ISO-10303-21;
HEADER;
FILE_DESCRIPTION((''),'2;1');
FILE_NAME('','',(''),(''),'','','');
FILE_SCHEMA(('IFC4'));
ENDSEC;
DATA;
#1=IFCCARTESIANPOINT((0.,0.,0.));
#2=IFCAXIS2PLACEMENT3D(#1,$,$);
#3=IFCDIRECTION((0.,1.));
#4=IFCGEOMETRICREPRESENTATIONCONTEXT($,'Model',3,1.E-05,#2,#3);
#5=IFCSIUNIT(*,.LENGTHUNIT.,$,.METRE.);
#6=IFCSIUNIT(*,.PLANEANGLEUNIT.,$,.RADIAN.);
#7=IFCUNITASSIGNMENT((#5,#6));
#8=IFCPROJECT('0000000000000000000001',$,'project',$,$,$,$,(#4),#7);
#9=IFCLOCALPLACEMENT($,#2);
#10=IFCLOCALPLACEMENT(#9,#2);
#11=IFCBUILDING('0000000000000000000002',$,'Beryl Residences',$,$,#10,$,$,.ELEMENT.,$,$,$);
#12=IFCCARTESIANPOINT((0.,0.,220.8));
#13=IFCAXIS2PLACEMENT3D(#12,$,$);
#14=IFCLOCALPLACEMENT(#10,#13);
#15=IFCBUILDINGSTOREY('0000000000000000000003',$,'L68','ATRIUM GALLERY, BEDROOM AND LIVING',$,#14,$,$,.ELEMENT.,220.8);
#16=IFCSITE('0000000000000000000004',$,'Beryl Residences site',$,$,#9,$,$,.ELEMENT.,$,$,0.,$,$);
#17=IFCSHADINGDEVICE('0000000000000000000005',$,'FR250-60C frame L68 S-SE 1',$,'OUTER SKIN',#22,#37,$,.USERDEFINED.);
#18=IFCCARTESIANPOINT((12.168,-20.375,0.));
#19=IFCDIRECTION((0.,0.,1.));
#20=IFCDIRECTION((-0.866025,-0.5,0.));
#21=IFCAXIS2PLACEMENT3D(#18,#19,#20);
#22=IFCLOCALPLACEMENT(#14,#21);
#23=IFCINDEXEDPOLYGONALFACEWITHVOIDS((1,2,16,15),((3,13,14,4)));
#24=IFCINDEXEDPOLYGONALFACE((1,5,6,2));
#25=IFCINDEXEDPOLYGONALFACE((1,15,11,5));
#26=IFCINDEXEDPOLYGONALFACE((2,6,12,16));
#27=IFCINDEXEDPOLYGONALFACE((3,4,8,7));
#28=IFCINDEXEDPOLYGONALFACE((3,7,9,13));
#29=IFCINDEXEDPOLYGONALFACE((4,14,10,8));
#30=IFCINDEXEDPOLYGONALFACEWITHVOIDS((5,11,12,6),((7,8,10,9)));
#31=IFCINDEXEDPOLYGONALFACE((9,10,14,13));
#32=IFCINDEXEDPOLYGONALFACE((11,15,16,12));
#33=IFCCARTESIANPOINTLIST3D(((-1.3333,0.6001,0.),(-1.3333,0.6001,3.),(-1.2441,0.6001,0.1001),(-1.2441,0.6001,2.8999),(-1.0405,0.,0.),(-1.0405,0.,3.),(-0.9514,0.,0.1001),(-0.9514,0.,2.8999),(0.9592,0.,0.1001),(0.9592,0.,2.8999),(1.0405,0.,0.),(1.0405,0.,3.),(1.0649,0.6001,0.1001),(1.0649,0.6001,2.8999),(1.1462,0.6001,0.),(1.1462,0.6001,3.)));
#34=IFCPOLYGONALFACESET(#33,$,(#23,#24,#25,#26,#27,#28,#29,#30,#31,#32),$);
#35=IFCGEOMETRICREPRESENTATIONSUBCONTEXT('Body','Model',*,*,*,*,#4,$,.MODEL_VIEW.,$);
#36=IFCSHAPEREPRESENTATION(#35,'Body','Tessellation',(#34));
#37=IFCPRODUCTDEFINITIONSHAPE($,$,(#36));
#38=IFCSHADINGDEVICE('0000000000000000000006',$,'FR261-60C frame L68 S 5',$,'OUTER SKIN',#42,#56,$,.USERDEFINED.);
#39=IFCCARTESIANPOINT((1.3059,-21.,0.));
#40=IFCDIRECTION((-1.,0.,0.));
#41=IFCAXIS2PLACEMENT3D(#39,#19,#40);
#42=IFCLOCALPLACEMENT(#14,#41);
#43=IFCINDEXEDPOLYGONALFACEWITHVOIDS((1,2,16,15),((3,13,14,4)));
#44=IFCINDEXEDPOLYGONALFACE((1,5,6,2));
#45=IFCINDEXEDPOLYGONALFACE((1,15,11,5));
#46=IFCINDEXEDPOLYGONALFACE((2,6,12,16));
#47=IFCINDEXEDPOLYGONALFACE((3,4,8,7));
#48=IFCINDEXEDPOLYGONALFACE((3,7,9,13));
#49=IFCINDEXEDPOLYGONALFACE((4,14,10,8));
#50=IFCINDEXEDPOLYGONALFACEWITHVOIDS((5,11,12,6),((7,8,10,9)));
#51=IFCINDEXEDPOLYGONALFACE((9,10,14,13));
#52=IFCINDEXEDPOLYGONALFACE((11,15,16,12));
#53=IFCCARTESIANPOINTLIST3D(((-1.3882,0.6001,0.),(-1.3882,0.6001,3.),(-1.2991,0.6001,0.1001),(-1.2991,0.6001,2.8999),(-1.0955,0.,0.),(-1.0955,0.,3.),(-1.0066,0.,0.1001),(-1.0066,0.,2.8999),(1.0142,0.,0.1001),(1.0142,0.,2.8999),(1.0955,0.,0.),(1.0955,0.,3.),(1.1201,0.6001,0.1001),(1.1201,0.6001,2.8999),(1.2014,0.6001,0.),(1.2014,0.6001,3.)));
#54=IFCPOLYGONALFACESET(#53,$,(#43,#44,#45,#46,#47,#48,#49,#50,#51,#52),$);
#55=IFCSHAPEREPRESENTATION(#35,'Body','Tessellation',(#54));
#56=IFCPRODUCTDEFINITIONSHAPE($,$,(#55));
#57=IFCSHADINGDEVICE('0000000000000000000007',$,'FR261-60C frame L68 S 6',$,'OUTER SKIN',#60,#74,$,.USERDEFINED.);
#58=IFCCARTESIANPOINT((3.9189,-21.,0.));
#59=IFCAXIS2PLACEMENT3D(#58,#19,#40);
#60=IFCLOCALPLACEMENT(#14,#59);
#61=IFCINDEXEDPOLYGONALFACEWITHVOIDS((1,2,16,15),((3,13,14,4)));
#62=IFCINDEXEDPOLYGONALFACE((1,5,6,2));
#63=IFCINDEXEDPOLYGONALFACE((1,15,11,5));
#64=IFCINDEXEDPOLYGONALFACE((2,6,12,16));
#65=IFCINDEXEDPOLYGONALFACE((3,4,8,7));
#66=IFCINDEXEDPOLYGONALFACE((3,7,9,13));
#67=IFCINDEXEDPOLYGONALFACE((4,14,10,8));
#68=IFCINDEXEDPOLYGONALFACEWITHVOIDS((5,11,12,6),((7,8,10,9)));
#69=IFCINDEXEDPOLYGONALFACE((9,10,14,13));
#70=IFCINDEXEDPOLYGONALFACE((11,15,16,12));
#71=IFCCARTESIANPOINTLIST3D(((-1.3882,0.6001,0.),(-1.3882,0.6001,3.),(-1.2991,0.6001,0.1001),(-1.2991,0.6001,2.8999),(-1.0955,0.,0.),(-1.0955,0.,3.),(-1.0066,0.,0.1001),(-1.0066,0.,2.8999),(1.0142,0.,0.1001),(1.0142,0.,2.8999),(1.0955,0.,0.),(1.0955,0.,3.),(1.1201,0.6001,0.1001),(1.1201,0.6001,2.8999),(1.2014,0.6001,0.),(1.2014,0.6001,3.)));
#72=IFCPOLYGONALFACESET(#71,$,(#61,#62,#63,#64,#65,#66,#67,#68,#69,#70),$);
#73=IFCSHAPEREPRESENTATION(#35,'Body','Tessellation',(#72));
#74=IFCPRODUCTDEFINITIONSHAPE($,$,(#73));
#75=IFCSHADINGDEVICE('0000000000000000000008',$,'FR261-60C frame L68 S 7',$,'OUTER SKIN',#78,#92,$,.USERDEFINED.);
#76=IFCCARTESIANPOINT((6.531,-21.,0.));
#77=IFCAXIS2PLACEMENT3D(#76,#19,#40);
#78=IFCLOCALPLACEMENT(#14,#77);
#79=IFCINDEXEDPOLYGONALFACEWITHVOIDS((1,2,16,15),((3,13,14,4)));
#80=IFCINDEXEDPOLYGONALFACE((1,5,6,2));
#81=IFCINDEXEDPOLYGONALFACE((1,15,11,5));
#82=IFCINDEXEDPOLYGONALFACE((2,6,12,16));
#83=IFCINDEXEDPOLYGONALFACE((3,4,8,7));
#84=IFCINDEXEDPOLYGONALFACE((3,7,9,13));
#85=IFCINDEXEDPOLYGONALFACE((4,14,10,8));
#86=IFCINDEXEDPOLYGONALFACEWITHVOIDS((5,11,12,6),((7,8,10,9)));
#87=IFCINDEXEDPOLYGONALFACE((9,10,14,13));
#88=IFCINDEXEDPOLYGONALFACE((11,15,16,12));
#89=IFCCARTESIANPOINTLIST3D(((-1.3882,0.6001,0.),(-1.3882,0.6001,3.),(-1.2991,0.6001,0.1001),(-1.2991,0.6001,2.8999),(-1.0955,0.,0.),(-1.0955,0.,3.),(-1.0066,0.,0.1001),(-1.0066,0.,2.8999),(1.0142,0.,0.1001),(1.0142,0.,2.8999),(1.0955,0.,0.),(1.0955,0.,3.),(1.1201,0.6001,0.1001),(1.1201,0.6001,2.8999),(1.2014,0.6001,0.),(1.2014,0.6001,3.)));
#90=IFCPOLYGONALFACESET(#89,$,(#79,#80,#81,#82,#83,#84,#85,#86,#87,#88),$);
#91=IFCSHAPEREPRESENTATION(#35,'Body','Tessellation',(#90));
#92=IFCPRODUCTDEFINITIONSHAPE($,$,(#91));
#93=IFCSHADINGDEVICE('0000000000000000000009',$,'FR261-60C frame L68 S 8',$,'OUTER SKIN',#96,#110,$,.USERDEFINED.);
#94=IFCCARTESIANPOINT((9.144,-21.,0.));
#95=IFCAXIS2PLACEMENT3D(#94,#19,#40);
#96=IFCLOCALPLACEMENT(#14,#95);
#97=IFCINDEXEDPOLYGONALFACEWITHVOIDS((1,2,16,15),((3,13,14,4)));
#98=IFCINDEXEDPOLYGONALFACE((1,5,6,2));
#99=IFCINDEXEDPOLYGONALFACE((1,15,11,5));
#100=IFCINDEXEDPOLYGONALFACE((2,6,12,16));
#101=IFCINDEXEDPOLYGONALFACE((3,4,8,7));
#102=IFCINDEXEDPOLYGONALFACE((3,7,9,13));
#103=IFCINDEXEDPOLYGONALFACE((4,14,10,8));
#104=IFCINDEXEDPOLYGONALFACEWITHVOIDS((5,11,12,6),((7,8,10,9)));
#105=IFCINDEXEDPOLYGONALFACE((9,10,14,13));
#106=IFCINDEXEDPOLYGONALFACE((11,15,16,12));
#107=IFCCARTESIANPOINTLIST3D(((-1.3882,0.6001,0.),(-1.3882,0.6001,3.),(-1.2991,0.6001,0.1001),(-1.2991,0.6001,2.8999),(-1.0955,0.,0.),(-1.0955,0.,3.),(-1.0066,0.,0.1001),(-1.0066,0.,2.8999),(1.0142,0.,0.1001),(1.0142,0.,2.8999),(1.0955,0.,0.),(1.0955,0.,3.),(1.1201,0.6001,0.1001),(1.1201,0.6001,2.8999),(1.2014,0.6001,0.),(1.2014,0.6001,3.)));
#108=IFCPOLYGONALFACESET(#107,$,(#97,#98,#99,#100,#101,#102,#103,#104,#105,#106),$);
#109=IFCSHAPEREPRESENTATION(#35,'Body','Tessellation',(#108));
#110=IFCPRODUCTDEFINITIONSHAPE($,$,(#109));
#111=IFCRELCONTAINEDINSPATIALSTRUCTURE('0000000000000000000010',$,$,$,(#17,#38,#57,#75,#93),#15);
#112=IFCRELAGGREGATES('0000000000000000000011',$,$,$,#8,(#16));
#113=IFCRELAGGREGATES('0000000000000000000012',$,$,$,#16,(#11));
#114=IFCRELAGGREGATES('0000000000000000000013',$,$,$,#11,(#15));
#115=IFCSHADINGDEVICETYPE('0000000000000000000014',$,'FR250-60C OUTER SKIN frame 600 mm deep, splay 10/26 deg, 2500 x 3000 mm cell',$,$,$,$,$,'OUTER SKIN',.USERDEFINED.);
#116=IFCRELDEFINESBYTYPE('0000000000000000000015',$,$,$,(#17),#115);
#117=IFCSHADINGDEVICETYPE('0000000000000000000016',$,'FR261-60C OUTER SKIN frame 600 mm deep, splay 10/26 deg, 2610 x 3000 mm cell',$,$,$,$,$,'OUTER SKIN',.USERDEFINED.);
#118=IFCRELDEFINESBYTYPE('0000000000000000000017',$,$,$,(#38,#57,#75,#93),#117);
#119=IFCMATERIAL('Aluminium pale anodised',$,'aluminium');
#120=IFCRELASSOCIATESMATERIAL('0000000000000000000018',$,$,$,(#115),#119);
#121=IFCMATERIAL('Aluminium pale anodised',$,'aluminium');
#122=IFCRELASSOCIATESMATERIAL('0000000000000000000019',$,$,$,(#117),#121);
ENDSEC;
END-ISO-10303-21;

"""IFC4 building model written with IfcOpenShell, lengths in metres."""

from ifc_helpers import new_model, entity, si_unit, direction, frame, origin, place, context, subcontext, project, spatial, source, transform, mapped, material, type_object, type_shapes, element, save


model = new_model("IFC4")

# Units and contexts
model_context = context("Model", 3, precision=1e-05, world=origin(), true_north=direction((0.0, 1.0)))
body_context = subcontext(model_context, "Body", "Model", "MODEL_VIEW")
ifc_project = project(units=[si_unit("LENGTHUNIT", "METRE"), si_unit("PLANEANGLEUNIT", "RADIAN")], contexts=[model_context])

# Site, building, storey
site_placement = place(None, origin())
site = spatial("IfcSite", under=ifc_project, at=site_placement, Name="Beryl Residences site", CompositionType="ELEMENT", RefElevation=0.0)
building_placement = place(site_placement, origin())
building = spatial("IfcBuilding", under=site, at=building_placement, Name="Beryl Residences", CompositionType="ELEMENT")
storey_placement = place(building_placement, frame((0.0, 0.0, 220.8)))
storey = spatial("IfcBuildingStorey", under=building, at=storey_placement, Name="L68", Description="ATRIUM GALLERY, BEDROOM AND LIVING", CompositionType="ELEMENT", Elevation=220.8)

# Shading devices
ifc_material_1 = material(Name="Aluminium pale anodised", Category="aluminium")
shading_device_type_1 = type_object("IfcShadingDeviceType", Name="FR250-60C OUTER SKIN frame 600 mm deep, splay 10/26 deg, 2500 x 3000 mm cell", ElementType="OUTER SKIN", PredefinedType="USERDEFINED", material=ifc_material_1)
cartesian_point_1 = entity("IfcCartesianPoint", [-1.0405, 0.0])
cartesian_point_2 = entity("IfcCartesianPoint", [-0.9592, 0.1001])
cartesian_point_3 = entity("IfcCartesianPoint", [-1.1462, 0.0])
cartesian_point_4 = entity("IfcCartesianPoint", [-1.0649, 0.1001])
shared_shape_1 = source(origin(), body_context, "Body", "SweptSolid", [
    entity("IfcExtrudedAreaSolidTapered", entity("IfcArbitraryProfileDefWithVoids", "AREA", None, entity("IfcPolyline", [cartesian_point_1, entity("IfcCartesianPoint", [1.0405, 0.0]), entity("IfcCartesianPoint", [1.0405, 3.0]), entity("IfcCartesianPoint", [-1.0405, 3.0]), cartesian_point_1]), [entity("IfcPolyline", [cartesian_point_2, entity("IfcCartesianPoint", [0.9514, 0.1001]), entity("IfcCartesianPoint", [0.9514, 2.8999]), entity("IfcCartesianPoint", [-0.9592, 2.8999]), cartesian_point_2])]), entity("IfcAxis2Placement3D", entity("IfcCartesianPoint", [0.0, 0.0, 0.0]), entity("IfcDirection", [0.0, 1.0, 0.0]), entity("IfcDirection", [-1.0, 0.0, 0.0])), entity("IfcDirection", [0.0, 0.0, 1.0]), 0.6001, entity("IfcArbitraryProfileDefWithVoids", "AREA", None, entity("IfcPolyline", [cartesian_point_3, entity("IfcCartesianPoint", [1.3333, 0.0]), entity("IfcCartesianPoint", [1.3333, 3.0]), entity("IfcCartesianPoint", [-1.1462, 3.0]), cartesian_point_3]), [entity("IfcPolyline", [cartesian_point_4, entity("IfcCartesianPoint", [1.2441, 0.1001]), entity("IfcCartesianPoint", [1.2441, 2.8999]), entity("IfcCartesianPoint", [-1.0649, 2.8999]), cartesian_point_4])])),
])
type_shapes(shading_device_type_1, [shared_shape_1])
shading_device_placement = place(storey_placement, frame((12.168, -20.375, 0.0), z_axis=(0.0, 0.0, 1.0), x_axis=(-0.866025, -0.5, 0.0)))
element("IfcShadingDevice", 1, at=shading_device_placement, inside=storey, type_object=shading_device_type_1, Name="FR250-60C frame L68 S-SE 1", ObjectType="OUTER SKIN", PredefinedType="USERDEFINED", context=body_context, shape_type="MappedRepresentation", body=[
    mapped(shared_shape_1, transform((0.0, 0.0, 0.0))),
])
ifc_material_2 = material(Name="Aluminium pale anodised", Category="aluminium")
shading_device_type_2 = type_object("IfcShadingDeviceType", Name="FR261-60C OUTER SKIN frame 600 mm deep, splay 10/26 deg, 2610 x 3000 mm cell", ElementType="OUTER SKIN", PredefinedType="USERDEFINED", material=ifc_material_2)
cartesian_point_5 = entity("IfcCartesianPoint", [-1.0955, 0.0])
cartesian_point_6 = entity("IfcCartesianPoint", [-1.0142, 0.1001])
cartesian_point_7 = entity("IfcCartesianPoint", [-1.2014, 0.0])
cartesian_point_8 = entity("IfcCartesianPoint", [-1.1201, 0.1001])
shared_shape_2 = source(origin(), body_context, "Body", "SweptSolid", [
    entity("IfcExtrudedAreaSolidTapered", entity("IfcArbitraryProfileDefWithVoids", "AREA", None, entity("IfcPolyline", [cartesian_point_5, entity("IfcCartesianPoint", [1.0955, 0.0]), entity("IfcCartesianPoint", [1.0955, 3.0]), entity("IfcCartesianPoint", [-1.0955, 3.0]), cartesian_point_5]), [entity("IfcPolyline", [cartesian_point_6, entity("IfcCartesianPoint", [1.0066, 0.1001]), entity("IfcCartesianPoint", [1.0066, 2.8999]), entity("IfcCartesianPoint", [-1.0142, 2.8999]), cartesian_point_6])]), entity("IfcAxis2Placement3D", entity("IfcCartesianPoint", [0.0, 0.0, 0.0]), entity("IfcDirection", [0.0, 1.0, 0.0]), entity("IfcDirection", [-1.0, 0.0, 0.0])), entity("IfcDirection", [0.0, 0.0, 1.0]), 0.6001, entity("IfcArbitraryProfileDefWithVoids", "AREA", None, entity("IfcPolyline", [cartesian_point_7, entity("IfcCartesianPoint", [1.3882, 0.0]), entity("IfcCartesianPoint", [1.3882, 3.0]), entity("IfcCartesianPoint", [-1.2014, 3.0]), cartesian_point_7]), [entity("IfcPolyline", [cartesian_point_8, entity("IfcCartesianPoint", [1.2991, 0.1001]), entity("IfcCartesianPoint", [1.2991, 2.8999]), entity("IfcCartesianPoint", [-1.1201, 2.8999]), cartesian_point_8])])),
])
type_shapes(shading_device_type_2, [shared_shape_2])
for number, where, z_axis, x_axis, name in (
    (2, (1.3059, -21.0, 0.0), (0.0, 0.0, 1.0), (-1.0, 0.0, 0.0), "FR261-60C frame L68 S 5"),
    (3, (3.9189, -21.0, 0.0), (0.0, 0.0, 1.0), (-1.0, 0.0, 0.0), "FR261-60C frame L68 S 6"),
    (4, (6.531, -21.0, 0.0), (0.0, 0.0, 1.0), (-1.0, 0.0, 0.0), "FR261-60C frame L68 S 7"),
    (5, (9.144, -21.0, 0.0), (0.0, 0.0, 1.0), (-1.0, 0.0, 0.0), "FR261-60C frame L68 S 8"),
):
    element("IfcShadingDevice", number, at=place(storey_placement, frame(where, z_axis=z_axis, x_axis=x_axis)), inside=storey, type_object=shading_device_type_2, Name=name, ObjectType="OUTER SKIN", PredefinedType="USERDEFINED", context=body_context, shape_type="MappedRepresentation", body=[
        mapped(shared_shape_2, transform((0.0, 0.0, 0.0))),
    ])

save(model, "model.ifc")
